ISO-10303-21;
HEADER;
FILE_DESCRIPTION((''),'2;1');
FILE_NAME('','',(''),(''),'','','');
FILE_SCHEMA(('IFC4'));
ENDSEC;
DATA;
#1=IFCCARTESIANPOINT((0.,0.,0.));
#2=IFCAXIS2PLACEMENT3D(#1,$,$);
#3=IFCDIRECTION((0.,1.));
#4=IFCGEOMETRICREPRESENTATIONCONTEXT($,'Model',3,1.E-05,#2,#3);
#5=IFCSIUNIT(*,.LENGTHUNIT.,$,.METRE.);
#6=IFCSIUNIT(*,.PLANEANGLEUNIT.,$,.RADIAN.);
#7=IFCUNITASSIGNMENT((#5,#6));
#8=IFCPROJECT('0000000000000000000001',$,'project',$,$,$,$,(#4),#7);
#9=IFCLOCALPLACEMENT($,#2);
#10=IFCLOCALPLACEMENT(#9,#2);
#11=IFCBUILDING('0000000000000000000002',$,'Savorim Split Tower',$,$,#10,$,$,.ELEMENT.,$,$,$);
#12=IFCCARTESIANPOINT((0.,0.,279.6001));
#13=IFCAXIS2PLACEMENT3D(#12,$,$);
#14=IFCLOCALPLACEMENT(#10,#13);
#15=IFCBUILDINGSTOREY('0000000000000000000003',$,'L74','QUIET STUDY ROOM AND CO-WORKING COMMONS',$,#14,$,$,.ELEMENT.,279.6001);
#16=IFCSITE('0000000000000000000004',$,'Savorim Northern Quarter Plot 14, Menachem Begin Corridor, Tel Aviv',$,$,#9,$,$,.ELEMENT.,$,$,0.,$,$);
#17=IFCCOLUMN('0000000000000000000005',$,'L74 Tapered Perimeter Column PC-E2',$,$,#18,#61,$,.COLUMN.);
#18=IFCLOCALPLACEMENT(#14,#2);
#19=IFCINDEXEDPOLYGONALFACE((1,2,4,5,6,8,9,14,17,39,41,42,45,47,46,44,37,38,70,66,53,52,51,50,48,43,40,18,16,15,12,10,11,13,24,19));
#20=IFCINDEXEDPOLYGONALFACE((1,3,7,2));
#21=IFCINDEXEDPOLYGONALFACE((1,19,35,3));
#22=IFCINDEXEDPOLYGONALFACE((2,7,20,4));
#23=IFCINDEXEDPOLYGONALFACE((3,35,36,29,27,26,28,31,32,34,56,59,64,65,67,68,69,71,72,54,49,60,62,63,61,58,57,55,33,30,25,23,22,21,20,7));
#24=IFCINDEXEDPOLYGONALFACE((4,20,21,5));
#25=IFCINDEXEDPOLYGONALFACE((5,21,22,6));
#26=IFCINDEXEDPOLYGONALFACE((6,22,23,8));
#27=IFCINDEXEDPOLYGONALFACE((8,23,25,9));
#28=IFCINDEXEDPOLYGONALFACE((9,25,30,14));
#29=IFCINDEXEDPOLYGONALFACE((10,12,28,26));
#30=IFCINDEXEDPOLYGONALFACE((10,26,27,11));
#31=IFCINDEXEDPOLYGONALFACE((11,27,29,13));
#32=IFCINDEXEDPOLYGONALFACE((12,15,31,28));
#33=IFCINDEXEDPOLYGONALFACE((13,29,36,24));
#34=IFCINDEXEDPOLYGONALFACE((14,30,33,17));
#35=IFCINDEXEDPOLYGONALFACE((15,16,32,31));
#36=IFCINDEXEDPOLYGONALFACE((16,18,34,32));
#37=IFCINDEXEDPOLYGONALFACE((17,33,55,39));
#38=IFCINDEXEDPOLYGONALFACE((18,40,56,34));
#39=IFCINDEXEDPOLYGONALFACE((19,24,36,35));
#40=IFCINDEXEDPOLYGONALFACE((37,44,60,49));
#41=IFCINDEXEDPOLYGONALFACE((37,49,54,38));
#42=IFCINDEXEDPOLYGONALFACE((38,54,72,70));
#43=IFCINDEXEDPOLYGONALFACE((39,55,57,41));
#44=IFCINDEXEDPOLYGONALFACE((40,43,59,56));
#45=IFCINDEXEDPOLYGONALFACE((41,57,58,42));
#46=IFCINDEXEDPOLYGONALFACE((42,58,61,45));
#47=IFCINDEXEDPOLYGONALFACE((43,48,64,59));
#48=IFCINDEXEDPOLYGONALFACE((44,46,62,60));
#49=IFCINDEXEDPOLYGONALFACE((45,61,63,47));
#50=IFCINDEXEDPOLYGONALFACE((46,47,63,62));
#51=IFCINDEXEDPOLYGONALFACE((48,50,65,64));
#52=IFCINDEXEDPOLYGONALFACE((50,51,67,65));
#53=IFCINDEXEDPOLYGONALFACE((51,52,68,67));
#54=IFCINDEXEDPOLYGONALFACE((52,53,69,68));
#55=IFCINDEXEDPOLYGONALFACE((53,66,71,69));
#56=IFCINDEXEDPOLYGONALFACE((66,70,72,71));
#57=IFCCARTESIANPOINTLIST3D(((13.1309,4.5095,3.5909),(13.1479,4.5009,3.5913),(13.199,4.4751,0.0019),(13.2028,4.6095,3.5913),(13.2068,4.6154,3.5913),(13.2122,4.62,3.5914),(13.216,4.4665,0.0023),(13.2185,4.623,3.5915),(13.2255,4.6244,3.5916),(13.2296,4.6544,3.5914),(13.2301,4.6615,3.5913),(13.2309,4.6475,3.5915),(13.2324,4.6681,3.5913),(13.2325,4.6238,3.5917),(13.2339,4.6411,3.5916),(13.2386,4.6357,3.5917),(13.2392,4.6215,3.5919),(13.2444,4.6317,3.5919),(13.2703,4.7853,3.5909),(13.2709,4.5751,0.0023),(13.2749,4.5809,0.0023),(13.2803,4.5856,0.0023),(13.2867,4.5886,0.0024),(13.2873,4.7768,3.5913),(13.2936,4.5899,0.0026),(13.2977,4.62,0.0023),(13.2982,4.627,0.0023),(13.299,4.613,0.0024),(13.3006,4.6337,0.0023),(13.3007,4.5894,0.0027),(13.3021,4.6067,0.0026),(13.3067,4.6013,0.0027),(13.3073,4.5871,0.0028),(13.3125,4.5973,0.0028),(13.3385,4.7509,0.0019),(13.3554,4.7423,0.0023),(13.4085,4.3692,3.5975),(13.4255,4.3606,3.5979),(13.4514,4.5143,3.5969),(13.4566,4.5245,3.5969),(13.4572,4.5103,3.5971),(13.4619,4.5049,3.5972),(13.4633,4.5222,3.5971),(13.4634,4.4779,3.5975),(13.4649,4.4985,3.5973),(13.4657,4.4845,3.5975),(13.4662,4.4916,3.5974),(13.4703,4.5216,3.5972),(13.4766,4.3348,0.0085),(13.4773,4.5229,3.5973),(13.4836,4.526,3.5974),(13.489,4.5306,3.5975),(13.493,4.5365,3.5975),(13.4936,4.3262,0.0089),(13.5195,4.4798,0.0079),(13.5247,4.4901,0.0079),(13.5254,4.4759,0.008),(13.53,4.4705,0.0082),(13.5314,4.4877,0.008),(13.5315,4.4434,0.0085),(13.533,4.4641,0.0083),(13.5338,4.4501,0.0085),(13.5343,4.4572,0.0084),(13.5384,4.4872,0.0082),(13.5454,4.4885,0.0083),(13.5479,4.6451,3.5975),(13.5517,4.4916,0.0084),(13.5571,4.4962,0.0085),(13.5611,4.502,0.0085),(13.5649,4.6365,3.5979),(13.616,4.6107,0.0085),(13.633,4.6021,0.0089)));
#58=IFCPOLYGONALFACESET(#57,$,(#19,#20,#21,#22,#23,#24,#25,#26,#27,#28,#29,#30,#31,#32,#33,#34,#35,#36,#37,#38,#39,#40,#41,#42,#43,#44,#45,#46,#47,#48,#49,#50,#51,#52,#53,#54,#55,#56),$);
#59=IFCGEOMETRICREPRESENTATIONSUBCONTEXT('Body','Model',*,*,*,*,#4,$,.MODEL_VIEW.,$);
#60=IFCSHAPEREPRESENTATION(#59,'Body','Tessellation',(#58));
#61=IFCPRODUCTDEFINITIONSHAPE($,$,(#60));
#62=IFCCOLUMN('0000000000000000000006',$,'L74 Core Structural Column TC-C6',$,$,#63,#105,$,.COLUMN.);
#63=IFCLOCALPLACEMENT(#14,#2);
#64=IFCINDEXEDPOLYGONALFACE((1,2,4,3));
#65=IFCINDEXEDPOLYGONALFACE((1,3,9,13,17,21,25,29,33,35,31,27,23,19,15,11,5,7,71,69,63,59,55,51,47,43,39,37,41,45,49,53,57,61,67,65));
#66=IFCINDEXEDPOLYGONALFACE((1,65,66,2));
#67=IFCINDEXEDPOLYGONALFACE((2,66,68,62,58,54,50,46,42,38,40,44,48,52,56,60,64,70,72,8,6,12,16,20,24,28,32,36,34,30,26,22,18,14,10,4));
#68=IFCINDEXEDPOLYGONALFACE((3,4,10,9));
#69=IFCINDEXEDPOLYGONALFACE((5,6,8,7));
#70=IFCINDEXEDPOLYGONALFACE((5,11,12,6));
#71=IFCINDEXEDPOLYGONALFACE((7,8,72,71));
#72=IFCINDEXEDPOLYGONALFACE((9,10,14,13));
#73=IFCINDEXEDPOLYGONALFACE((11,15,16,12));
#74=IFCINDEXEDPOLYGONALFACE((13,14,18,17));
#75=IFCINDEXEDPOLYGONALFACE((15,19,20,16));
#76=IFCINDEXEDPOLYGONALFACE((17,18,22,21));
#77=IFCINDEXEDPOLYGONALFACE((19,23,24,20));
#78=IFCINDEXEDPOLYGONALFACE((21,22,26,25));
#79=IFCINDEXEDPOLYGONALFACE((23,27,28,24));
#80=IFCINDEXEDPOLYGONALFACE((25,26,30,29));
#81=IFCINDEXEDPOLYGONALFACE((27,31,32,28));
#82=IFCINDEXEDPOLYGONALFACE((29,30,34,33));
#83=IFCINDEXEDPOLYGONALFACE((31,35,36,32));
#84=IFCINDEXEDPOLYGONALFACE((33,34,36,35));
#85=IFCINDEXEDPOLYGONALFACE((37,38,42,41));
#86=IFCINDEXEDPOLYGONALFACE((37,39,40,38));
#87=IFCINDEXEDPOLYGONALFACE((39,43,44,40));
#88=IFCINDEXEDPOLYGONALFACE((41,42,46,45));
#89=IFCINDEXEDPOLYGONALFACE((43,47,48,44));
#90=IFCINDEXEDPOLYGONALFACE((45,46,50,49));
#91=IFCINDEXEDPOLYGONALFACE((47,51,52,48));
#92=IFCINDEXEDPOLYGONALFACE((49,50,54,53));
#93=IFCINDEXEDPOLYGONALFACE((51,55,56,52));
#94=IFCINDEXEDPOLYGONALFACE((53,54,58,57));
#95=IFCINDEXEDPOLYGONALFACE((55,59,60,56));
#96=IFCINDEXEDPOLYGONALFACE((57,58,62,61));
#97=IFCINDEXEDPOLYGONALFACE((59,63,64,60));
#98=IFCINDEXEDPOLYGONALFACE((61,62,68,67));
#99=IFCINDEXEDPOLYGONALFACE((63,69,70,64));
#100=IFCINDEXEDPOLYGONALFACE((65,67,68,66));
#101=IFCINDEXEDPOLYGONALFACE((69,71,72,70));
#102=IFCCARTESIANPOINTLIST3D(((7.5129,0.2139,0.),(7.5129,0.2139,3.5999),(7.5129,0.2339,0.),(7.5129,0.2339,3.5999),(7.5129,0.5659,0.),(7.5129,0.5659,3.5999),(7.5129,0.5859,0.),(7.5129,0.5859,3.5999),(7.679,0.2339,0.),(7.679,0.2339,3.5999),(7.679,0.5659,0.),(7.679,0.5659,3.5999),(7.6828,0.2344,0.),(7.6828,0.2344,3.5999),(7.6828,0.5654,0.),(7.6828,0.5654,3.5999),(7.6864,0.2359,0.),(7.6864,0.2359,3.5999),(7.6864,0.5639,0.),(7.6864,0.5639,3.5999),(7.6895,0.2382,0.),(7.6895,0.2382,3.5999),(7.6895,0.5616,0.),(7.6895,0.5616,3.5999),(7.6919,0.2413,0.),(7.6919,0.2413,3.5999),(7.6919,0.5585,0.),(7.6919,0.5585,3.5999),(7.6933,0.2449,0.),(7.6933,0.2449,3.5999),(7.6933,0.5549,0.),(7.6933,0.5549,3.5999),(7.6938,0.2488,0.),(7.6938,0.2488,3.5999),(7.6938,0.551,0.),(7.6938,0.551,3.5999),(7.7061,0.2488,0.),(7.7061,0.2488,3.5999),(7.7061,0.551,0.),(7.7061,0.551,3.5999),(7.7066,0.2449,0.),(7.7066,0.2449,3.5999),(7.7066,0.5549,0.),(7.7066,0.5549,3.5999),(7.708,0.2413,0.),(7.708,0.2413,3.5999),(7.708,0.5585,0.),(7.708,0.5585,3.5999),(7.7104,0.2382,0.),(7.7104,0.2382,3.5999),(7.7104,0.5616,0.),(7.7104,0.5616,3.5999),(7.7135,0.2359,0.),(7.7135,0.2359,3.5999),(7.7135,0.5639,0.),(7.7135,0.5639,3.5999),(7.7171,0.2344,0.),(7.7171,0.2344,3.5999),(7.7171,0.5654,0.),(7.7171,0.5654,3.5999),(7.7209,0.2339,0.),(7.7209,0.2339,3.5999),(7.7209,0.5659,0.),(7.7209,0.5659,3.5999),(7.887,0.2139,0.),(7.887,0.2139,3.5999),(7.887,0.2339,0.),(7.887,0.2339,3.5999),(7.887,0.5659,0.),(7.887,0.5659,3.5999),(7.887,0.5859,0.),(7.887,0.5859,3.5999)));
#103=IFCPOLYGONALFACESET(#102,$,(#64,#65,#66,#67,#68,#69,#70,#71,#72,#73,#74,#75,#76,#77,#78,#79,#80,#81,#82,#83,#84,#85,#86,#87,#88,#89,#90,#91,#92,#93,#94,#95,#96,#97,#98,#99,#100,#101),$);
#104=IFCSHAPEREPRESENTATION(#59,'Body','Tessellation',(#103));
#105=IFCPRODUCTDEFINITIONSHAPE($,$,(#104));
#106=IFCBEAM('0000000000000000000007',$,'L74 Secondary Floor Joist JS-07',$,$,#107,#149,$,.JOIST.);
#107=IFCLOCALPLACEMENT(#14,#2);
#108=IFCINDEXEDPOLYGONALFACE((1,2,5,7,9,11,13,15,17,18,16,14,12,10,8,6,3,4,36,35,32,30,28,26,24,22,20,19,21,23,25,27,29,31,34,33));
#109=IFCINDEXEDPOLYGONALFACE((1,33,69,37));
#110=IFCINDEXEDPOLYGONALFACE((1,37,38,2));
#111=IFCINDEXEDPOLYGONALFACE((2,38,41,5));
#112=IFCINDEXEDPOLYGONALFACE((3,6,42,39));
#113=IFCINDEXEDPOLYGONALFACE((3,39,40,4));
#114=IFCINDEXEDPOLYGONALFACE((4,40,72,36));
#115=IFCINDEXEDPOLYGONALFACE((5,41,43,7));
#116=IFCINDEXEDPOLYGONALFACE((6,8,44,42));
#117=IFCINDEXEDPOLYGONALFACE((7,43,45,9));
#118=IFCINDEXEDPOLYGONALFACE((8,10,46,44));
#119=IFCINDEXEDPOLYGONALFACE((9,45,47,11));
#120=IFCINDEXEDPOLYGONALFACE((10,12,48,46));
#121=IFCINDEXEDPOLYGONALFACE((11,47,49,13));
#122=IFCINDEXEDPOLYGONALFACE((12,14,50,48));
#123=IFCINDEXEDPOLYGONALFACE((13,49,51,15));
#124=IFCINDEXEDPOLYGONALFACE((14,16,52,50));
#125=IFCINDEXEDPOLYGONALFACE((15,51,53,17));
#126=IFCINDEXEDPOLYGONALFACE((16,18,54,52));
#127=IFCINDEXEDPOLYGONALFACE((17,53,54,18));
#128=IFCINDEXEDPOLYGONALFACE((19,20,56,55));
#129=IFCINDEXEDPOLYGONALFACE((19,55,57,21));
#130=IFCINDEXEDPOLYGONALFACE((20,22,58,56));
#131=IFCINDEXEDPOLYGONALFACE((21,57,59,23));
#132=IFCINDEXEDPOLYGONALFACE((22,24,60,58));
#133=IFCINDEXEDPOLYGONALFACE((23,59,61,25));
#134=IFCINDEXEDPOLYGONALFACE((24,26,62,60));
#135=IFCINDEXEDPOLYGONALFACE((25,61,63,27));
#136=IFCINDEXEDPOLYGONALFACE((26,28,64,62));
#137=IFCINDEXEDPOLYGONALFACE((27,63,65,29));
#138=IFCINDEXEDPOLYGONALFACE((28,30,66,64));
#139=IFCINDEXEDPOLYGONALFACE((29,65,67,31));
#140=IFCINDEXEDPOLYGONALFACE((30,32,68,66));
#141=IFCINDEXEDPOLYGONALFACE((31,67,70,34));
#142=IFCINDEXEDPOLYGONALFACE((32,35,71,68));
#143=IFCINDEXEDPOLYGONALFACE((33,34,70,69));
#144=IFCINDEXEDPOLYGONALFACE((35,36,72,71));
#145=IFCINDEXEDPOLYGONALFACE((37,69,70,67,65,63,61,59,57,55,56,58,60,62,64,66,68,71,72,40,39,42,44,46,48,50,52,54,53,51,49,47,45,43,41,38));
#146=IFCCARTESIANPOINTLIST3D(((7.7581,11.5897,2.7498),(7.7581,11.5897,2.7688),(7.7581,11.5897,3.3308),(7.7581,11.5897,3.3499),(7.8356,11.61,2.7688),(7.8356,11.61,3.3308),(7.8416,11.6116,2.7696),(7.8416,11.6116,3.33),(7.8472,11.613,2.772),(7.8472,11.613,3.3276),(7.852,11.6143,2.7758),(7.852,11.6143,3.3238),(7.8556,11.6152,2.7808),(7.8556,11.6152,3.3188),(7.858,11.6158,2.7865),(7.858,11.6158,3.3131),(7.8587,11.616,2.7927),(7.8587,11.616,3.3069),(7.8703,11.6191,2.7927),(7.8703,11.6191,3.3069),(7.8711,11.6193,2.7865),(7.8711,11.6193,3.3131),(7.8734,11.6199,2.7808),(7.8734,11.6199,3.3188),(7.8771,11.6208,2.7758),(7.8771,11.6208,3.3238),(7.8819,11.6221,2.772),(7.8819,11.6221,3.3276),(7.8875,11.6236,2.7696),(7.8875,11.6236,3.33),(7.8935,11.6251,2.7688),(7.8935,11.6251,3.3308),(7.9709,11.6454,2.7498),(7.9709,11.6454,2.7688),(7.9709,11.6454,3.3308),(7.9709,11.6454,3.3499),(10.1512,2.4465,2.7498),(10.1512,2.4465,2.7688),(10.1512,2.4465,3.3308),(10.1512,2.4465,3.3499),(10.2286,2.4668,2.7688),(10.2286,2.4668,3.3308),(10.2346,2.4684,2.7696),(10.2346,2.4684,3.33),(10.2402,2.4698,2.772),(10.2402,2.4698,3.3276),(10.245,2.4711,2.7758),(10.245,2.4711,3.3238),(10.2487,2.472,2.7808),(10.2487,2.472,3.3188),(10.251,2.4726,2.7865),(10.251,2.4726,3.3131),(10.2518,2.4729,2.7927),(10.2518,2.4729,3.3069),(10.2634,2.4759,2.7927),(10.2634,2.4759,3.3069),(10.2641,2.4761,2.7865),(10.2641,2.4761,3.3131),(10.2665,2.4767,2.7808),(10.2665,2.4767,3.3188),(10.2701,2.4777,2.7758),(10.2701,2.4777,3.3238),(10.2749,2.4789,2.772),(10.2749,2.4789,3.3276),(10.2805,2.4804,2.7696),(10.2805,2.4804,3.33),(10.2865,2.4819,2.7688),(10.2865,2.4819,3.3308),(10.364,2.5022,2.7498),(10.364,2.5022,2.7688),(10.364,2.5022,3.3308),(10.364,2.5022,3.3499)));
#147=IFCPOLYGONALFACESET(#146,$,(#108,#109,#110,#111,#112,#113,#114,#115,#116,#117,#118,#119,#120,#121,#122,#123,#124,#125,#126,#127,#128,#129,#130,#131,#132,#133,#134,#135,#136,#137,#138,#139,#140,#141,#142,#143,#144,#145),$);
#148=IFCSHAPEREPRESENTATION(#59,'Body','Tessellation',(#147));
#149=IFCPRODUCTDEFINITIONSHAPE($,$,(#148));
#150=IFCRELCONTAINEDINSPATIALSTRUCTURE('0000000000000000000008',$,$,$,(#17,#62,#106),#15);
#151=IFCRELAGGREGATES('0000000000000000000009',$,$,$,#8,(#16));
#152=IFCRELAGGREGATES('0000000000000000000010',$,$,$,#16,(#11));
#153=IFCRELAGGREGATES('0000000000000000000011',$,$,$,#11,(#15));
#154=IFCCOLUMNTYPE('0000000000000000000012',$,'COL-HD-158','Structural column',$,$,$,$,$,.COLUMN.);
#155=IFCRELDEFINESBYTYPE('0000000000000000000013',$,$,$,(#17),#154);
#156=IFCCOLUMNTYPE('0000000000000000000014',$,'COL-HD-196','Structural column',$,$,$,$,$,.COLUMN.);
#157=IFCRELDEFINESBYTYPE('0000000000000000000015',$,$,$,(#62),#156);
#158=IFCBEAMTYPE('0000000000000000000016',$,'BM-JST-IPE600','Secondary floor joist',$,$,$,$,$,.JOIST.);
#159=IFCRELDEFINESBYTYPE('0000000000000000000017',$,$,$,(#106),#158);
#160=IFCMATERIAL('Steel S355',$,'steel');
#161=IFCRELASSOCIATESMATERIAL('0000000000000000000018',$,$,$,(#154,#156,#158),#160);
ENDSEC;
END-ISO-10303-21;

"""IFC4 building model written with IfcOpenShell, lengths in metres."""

from ifc_helpers import new_model, si_unit, direction, frame, origin, origin_2d, place, context, subcontext, project, spatial, i_section, extrude, material, material_profile, profile_set, type_object, element, save


model = new_model("IFC4")

# Units and contexts
model_context = context("Model", 3, precision=1e-05, world=origin(), true_north=direction((0.0, 1.0)))
body_context = subcontext(model_context, "Body", "Model", "MODEL_VIEW")
ifc_project = project(units=[si_unit("LENGTHUNIT", "METRE"), si_unit("PLANEANGLEUNIT", "RADIAN")], contexts=[model_context])

# Site, building, storey
site_placement = place(None, origin())
site = spatial("IfcSite", under=ifc_project, at=site_placement, Name="Savorim Northern Quarter Plot 14, Menachem Begin Corridor, Tel Aviv", CompositionType="ELEMENT", RefElevation=0.0)
building_placement = place(site_placement, origin())
building = spatial("IfcBuilding", under=site, at=building_placement, Name="Savorim Split Tower", CompositionType="ELEMENT")
storey_placement = place(building_placement, frame((0.0, 0.0, 279.6001)))
storey = spatial("IfcBuildingStorey", under=building, at=storey_placement, Name="L74", Description="QUIET STUDY ROOM AND CO-WORKING COMMONS", CompositionType="ELEMENT", Elevation=279.6001)

# Columns
ifc_material_1 = material(Name="Steel S355", Category="steel")
ifc_material_profile_1 = material_profile(ifc_material_1, i_section(OverallWidth=0.3091, OverallDepth=0.3301, WebThickness=0.0115, FlangeThickness=0.019, FilletRadius=0.0271, at=origin_2d()), Name="HD 320x158")
ifc_profile_set_1 = profile_set([ifc_material_profile_1], Name="Steel S355")
column_type_1 = type_object("IfcColumnType", Name="COL-HD-158", Description="Structural column", PredefinedType="COLUMN", material=ifc_profile_set_1)
column_1_placement = place(storey_placement, frame((13.416, 4.5386, 0.0054), z_axis=(-0.018974, 0.009589, 0.999774), x_axis=(-0.451048, -0.8925, 0.0)))
element("IfcColumn", 1, at=column_1_placement, inside=storey, type_object=column_type_1, Name="L74 Tapered Perimeter Column PC-E2", PredefinedType="COLUMN", context=body_context, shape_type="SweptSolid", body=[
    extrude(i_section(OverallWidth=0.3091, OverallDepth=0.3301, WebThickness=0.0115, FlangeThickness=0.019, FilletRadius=0.0271, at=origin_2d()), origin(), (0.0, 0.0, 1.0), 3.5898),
])
ifc_material_profile_2 = material_profile(ifc_material_1, i_section(OverallWidth=0.374, OverallDepth=0.3721, WebThickness=0.0122, FlangeThickness=0.02, FilletRadius=0.0149, at=origin_2d()), Name="HD 360x196")
ifc_profile_set_2 = profile_set([ifc_material_profile_2], Name="Steel S355")
column_type_2 = type_object("IfcColumnType", Name="COL-HD-196", Description="Structural column", PredefinedType="COLUMN", material=ifc_profile_set_2)
column_2_placement = place(storey_placement, frame((7.7, 0.3999, 0.0), z_axis=(0.0, 0.0, 1.0), x_axis=(1.0, 0.0, 0.0)))
element("IfcColumn", 2, at=column_2_placement, inside=storey, type_object=column_type_2, Name="L74 Core Structural Column TC-C6", PredefinedType="COLUMN", context=body_context, shape_type="SweptSolid", body=[
    extrude(i_section(OverallWidth=0.374, OverallDepth=0.3721, WebThickness=0.0122, FlangeThickness=0.02, FilletRadius=0.0149, at=origin_2d()), origin(), (0.0, 0.0, 1.0), 3.5999),
])

# Beam
ifc_material_profile_3 = material_profile(ifc_material_1, i_section(OverallWidth=0.22, OverallDepth=0.6001, WebThickness=0.012, FlangeThickness=0.019, FilletRadius=0.0239, at=origin_2d()), Name="IPE 600")
ifc_profile_set_3 = profile_set([ifc_material_profile_3], Name="Steel S355")
beam_type_1 = type_object("IfcBeamType", Name="BM-JST-IPE600", Description="Secondary floor joist", PredefinedType="JOIST", material=ifc_profile_set_3)
beam_1_placement = place(storey_placement, frame((10.2576, 2.4744, 3.0498), z_axis=(-0.2532, 0.967414, 0.0), x_axis=(-0.967414, -0.2532, 0.0)))
element("IfcBeam", 3, at=beam_1_placement, inside=storey, type_object=beam_type_1, Name="L74 Secondary Floor Joist JS-07", PredefinedType="JOIST", context=body_context, shape_type="SweptSolid", body=[
    extrude(i_section(OverallWidth=0.22, OverallDepth=0.6001, WebThickness=0.012, FlangeThickness=0.019, FilletRadius=0.0239, at=origin_2d()), origin(), (0.0, 0.0, 1.0), 9.4512),
])

save(model, "model.ifc")
